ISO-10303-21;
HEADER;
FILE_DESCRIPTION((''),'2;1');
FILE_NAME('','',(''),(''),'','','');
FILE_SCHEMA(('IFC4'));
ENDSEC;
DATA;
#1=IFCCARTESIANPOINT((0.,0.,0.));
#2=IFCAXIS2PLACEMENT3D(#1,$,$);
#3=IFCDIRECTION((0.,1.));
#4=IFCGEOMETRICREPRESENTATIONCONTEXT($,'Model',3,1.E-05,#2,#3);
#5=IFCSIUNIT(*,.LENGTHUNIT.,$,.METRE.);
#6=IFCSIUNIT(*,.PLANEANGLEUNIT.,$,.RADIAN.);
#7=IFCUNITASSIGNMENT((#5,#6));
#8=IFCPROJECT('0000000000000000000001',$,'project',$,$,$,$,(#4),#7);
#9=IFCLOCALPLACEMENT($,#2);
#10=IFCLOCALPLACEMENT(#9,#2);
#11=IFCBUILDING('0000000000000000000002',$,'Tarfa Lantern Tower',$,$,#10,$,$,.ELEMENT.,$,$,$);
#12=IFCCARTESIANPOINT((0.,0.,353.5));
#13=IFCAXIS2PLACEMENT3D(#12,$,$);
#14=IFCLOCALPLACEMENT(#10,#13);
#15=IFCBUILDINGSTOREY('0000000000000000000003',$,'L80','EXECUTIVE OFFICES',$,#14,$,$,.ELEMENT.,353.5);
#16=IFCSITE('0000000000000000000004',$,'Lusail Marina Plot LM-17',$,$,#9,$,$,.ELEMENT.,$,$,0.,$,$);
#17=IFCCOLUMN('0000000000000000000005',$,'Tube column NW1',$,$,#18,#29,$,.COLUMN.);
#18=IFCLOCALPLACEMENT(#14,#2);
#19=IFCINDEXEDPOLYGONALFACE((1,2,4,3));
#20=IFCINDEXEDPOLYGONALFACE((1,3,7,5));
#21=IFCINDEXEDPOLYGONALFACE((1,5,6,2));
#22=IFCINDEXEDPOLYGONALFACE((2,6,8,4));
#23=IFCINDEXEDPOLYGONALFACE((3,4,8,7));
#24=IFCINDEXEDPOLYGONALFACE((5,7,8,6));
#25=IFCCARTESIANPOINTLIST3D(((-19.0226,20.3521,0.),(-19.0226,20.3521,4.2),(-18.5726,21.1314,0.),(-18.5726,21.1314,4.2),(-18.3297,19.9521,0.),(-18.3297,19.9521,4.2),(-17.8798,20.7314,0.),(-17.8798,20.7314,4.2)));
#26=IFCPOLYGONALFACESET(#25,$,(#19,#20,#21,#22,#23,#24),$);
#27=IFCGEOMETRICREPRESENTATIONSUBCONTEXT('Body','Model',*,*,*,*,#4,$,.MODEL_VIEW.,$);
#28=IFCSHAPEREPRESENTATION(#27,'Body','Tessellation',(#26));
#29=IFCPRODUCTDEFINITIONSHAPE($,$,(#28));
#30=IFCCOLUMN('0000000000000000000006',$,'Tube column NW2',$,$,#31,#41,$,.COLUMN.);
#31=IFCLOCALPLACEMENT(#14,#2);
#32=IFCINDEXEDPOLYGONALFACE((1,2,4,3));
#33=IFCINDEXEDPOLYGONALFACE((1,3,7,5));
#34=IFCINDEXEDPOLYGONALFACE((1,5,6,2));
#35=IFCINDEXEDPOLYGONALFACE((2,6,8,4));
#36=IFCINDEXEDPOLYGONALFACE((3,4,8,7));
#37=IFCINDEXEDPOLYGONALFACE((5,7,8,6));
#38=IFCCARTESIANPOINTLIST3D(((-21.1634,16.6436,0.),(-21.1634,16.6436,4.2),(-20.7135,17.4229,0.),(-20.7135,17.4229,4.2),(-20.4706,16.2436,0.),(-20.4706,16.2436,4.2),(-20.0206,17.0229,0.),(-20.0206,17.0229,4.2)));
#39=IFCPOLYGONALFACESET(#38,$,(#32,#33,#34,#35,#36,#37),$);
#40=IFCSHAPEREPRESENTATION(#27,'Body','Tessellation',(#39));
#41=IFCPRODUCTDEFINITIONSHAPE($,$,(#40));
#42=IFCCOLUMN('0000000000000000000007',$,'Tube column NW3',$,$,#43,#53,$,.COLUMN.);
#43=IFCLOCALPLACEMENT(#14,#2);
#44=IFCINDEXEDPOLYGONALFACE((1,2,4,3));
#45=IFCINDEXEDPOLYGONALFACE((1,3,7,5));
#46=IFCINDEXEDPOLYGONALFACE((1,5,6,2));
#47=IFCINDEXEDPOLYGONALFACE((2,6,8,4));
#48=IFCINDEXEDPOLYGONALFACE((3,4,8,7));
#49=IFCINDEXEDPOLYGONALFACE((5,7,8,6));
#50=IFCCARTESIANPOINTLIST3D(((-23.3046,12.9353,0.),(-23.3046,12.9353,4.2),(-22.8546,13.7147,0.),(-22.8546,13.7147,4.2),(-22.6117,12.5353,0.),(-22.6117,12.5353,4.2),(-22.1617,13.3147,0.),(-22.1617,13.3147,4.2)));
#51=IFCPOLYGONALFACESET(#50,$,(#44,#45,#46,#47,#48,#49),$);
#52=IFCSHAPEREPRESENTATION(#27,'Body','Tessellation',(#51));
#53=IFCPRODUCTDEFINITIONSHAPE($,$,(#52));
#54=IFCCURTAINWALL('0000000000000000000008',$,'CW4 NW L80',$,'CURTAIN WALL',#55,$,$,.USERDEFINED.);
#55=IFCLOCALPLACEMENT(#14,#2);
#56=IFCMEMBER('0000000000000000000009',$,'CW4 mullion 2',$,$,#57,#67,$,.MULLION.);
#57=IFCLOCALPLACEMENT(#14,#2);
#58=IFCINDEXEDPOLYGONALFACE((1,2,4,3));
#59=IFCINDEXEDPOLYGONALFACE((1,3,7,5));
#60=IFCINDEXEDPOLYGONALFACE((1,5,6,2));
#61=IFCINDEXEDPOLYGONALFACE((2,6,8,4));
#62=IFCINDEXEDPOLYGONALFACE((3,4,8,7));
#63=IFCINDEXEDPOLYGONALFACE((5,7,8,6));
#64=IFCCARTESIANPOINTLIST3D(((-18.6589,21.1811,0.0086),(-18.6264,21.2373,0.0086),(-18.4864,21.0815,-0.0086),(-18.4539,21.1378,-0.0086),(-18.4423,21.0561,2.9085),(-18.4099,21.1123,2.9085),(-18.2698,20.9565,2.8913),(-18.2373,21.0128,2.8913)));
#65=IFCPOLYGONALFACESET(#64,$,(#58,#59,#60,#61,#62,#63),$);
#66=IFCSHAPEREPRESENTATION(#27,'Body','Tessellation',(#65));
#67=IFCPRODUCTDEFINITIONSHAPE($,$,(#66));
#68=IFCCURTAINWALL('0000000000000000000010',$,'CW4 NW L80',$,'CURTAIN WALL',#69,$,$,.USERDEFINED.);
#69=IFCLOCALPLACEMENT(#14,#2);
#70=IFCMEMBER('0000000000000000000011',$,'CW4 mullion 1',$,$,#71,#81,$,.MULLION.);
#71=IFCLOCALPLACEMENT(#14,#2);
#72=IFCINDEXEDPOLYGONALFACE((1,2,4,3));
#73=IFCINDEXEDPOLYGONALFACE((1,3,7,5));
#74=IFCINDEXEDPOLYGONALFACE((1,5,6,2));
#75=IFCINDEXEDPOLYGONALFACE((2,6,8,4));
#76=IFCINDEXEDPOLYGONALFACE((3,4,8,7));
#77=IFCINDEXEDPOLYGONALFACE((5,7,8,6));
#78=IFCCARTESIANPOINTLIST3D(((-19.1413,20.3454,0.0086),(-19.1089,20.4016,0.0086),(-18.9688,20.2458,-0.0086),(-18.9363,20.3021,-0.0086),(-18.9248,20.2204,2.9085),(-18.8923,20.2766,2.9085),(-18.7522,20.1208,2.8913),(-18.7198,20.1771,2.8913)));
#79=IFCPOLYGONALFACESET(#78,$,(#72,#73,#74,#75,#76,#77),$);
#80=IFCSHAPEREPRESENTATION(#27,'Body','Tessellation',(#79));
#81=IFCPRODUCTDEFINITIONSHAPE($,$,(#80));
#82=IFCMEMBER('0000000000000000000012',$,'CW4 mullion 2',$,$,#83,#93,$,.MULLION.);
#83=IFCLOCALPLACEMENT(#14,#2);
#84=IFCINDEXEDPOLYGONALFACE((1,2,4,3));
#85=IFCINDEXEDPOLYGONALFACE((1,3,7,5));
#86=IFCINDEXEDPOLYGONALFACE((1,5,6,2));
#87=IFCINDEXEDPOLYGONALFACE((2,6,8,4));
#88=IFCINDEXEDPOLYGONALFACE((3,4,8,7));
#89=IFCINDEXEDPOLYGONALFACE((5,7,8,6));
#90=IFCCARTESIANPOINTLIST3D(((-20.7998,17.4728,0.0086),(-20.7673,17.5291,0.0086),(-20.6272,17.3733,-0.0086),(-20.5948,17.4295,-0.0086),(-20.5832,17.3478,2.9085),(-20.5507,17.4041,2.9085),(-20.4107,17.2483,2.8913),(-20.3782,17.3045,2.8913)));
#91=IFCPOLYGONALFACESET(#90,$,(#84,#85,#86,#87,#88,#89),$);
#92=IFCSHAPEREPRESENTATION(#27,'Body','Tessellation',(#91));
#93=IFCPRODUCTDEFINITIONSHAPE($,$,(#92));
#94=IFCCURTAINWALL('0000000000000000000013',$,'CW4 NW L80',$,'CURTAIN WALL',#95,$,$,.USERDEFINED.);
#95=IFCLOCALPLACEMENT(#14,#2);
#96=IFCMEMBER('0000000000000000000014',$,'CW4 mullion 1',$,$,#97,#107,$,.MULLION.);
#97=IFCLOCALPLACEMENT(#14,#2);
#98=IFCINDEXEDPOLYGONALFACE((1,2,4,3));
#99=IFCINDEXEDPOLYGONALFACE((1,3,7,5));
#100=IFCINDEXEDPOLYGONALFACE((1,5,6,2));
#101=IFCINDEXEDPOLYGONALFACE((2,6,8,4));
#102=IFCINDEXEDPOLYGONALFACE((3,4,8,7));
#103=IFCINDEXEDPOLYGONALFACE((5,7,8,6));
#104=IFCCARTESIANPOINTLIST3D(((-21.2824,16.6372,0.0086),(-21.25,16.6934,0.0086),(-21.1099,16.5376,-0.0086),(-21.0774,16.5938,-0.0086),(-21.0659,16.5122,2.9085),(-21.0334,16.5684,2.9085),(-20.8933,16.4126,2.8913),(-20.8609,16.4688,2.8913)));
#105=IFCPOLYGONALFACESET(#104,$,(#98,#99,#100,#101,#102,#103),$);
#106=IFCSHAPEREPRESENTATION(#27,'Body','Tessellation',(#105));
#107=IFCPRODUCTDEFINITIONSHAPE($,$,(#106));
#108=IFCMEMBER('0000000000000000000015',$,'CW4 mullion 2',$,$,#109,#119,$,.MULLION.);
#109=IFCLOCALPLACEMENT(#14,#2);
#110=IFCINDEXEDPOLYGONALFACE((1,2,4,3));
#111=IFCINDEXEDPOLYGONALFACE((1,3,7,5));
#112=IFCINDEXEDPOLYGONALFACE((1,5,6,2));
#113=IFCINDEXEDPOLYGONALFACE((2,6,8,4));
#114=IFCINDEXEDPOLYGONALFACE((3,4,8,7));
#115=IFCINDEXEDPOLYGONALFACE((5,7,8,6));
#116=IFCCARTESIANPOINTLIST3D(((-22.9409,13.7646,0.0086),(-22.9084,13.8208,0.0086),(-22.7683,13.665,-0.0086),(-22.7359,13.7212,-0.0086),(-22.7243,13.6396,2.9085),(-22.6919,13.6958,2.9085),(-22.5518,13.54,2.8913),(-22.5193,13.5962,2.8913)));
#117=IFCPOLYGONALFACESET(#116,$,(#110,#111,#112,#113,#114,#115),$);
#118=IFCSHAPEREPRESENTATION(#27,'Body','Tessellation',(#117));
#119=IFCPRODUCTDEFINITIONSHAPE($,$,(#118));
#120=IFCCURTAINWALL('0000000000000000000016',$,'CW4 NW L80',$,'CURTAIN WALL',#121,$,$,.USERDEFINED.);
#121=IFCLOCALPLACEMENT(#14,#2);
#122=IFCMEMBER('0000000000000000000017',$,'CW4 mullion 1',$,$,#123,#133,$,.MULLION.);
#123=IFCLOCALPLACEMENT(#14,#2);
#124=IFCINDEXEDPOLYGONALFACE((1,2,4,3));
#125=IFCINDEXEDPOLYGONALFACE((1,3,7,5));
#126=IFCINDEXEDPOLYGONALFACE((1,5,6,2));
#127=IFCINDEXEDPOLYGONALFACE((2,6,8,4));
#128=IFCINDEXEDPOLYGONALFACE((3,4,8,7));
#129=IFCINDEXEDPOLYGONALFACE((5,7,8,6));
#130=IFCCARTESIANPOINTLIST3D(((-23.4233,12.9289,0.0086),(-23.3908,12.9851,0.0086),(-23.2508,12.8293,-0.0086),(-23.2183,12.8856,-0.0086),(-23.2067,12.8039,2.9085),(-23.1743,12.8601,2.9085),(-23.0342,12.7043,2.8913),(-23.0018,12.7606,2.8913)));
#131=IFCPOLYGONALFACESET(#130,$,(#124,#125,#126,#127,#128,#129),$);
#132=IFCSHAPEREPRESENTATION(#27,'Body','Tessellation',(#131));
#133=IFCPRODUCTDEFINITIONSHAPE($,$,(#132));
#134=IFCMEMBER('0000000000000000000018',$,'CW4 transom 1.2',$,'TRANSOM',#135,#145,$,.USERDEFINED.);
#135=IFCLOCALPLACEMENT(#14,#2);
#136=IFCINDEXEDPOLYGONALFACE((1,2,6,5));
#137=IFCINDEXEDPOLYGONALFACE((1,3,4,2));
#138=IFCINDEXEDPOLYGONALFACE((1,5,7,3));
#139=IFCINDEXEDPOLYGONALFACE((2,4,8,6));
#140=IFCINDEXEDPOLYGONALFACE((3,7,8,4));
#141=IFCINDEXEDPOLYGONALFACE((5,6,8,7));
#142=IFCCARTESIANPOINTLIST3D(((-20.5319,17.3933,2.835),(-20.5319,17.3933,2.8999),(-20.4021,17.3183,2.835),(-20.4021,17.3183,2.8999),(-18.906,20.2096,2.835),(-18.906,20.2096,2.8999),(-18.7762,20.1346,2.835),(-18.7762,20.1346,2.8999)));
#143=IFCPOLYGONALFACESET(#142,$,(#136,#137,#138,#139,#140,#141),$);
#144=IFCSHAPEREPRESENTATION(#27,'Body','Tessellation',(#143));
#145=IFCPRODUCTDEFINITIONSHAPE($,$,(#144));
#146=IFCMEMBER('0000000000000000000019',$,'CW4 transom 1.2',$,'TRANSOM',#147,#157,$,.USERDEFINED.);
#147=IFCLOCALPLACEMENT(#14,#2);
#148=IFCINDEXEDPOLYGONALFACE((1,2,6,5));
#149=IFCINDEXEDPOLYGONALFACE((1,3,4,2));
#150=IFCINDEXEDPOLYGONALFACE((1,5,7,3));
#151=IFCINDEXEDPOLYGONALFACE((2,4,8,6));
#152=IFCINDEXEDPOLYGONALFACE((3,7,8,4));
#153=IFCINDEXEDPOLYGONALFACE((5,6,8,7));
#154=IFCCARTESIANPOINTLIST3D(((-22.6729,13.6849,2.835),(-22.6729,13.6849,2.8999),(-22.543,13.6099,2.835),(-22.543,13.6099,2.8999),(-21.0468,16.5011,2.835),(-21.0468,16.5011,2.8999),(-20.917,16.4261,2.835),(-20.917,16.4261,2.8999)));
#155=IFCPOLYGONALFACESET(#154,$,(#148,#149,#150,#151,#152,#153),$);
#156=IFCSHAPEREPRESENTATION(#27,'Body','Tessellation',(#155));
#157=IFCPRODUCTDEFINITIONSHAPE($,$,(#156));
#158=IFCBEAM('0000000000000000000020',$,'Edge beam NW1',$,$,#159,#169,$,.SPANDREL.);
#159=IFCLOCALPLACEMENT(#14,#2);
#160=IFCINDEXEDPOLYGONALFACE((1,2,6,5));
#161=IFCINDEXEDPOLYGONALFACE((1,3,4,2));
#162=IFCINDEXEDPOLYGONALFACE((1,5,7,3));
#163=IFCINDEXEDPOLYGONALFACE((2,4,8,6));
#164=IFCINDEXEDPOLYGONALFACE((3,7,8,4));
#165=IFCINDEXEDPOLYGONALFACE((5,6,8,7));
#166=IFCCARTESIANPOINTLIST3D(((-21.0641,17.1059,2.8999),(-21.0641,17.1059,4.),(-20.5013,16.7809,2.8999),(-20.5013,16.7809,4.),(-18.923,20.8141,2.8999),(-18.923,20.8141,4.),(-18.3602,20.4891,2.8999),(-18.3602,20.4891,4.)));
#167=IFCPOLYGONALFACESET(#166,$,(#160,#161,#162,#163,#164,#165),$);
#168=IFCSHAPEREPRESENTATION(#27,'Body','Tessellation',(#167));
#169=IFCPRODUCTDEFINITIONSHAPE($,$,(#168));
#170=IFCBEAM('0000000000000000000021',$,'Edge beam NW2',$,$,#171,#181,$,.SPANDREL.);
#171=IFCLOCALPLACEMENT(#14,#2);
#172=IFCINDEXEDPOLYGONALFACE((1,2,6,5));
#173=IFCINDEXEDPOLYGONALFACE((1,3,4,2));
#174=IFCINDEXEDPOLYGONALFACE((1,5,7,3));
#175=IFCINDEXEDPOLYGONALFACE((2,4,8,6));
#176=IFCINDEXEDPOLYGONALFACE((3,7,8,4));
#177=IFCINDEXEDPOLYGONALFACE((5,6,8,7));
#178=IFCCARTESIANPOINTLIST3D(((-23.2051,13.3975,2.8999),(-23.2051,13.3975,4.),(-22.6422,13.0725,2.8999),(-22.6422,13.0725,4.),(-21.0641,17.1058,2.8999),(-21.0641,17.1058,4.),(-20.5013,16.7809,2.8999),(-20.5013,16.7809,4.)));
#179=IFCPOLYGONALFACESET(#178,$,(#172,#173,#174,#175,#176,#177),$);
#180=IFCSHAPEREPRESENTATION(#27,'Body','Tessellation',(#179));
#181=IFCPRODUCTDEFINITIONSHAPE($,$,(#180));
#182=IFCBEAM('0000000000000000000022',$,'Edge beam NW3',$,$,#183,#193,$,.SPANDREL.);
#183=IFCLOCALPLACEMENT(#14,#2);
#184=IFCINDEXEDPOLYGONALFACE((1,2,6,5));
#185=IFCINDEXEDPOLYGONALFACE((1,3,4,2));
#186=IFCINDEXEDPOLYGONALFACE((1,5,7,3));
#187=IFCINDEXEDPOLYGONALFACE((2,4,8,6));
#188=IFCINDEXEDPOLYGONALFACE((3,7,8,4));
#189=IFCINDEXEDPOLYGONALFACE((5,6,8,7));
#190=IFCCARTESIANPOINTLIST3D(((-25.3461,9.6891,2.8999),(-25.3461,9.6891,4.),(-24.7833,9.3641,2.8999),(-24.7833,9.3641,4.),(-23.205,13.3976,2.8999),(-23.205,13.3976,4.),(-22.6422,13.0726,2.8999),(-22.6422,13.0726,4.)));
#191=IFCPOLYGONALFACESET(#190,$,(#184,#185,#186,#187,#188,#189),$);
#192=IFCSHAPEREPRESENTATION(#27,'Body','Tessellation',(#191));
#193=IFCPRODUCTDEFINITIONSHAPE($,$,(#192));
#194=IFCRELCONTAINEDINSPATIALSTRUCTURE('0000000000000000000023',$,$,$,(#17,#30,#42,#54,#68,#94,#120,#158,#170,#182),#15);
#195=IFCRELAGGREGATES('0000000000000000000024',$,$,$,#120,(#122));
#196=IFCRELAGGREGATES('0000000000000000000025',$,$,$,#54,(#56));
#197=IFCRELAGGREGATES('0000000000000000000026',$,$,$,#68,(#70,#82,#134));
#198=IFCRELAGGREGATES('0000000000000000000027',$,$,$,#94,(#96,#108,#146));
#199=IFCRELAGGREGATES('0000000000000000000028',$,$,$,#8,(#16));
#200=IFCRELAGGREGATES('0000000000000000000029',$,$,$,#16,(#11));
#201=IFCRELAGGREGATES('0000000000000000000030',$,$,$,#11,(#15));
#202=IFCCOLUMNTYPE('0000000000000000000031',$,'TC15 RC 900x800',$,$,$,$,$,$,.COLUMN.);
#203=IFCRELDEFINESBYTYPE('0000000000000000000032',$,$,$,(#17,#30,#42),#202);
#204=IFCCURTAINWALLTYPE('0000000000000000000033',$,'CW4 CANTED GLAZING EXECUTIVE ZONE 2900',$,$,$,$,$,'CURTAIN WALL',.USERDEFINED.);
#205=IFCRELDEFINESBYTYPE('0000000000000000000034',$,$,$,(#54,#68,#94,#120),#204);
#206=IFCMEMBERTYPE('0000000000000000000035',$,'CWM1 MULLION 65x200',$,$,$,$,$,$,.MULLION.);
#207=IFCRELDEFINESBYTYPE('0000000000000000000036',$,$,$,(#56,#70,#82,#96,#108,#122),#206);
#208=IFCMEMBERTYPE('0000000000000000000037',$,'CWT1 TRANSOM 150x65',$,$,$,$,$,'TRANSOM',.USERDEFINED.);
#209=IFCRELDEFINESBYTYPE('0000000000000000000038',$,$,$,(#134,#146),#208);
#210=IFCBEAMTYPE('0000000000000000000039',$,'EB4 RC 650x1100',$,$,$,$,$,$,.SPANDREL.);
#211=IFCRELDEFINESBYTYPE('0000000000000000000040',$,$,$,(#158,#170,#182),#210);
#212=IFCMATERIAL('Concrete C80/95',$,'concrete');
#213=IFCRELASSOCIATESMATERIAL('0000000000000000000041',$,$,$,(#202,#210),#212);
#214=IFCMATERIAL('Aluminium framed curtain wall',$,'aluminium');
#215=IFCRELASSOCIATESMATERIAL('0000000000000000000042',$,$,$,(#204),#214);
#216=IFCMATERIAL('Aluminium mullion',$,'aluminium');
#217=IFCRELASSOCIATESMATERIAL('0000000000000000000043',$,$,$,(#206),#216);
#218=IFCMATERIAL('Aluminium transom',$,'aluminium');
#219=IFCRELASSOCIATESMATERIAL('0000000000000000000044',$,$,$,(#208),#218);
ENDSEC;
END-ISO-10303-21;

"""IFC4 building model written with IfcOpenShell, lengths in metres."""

from ifc_helpers import new_model, si_unit, direction, frame, origin, origin_2d, place, context, subcontext, project, spatial, rectangle, extrude, material, material_profile, profile_set, type_object, element, aggregate, save


model = new_model("IFC4")

# Units and contexts
model_context = context("Model", 3, precision=1e-05, world=origin(), true_north=direction((0.0, 1.0)))
body_context = subcontext(model_context, "Body", "Model", "MODEL_VIEW")
ifc_project = project(units=[si_unit("LENGTHUNIT", "METRE"), si_unit("PLANEANGLEUNIT", "RADIAN")], contexts=[model_context])

# Site, building, storey
site_placement = place(None, origin())
site = spatial("IfcSite", under=ifc_project, at=site_placement, Name="Lusail Marina Plot LM-17", CompositionType="ELEMENT", RefElevation=0.0)
building_placement = place(site_placement, origin())
building = spatial("IfcBuilding", under=site, at=building_placement, Name="Tarfa Lantern Tower", CompositionType="ELEMENT")
storey_placement = place(building_placement, frame((0.0, 0.0, 353.5)))
storey = spatial("IfcBuildingStorey", under=building, at=storey_placement, Name="L80", Description="EXECUTIVE OFFICES", CompositionType="ELEMENT", Elevation=353.5)

# Columns
ifc_material_1 = material(Name="Concrete C80/95", Category="concrete")
ifc_material_profile_1 = material_profile(ifc_material_1, rectangle(XDim=0.8999, YDim=0.8, at=origin_2d()), Name="RC 900x800")
ifc_profile_set_1 = profile_set([ifc_material_profile_1], Name="Concrete C80/95")
column_type = type_object("IfcColumnType", Name="TC15 RC 900x800", PredefinedType="COLUMN", material=ifc_profile_set_1)
for number, where, z_axis, x_axis, name in (
    (1, (-18.4512, 20.5417, 0.0), (0.0, 0.0, 1.0), (-0.5, -0.866025, 0.0), "Tube column NW1"),
    (2, (-20.592, 16.8333, 0.0), (0.0, 0.0, 1.0), (-0.5, -0.866025, 0.0), "Tube column NW2"),
    (3, (-22.7332, 13.125, 0.0), (0.0, 0.0, 1.0), (-0.5, -0.866025, 0.0), "Tube column NW3"),
):
    element("IfcColumn", number, at=place(storey_placement, frame(where, z_axis=z_axis, x_axis=x_axis)), inside=storey, type_object=column_type, Name=name, PredefinedType="COLUMN", context=body_context, shape_type="SweptSolid", body=[
        extrude(rectangle(XDim=0.8999, YDim=0.8, at=origin_2d()), origin(), (0.0, 0.0, 1.0), 4.2),
    ])

# Curtain wall, member
ifc_material_2 = material(Name="Aluminium framed curtain wall", Category="aluminium")
curtain_wall_type = type_object("IfcCurtainWallType", Name="CW4 CANTED GLAZING EXECUTIVE ZONE 2900", ElementType="CURTAIN WALL", PredefinedType="USERDEFINED", material=ifc_material_2)
curtain_wall_1_placement = place(storey_placement, origin())
curtain_wall_1 = element("IfcCurtainWall", 4, at=curtain_wall_1_placement, inside=storey, type_object=curtain_wall_type, Name="CW4 NW L80", ObjectType="CURTAIN WALL", PredefinedType="USERDEFINED")
ifc_material_3 = material(Name="Aluminium mullion", Category="aluminium")
ifc_material_profile_2 = material_profile(ifc_material_3, rectangle(XDim=0.0649, YDim=0.2, at=origin_2d()), Name="AL MULLION 65x200")
ifc_profile_set_2 = profile_set([ifc_material_profile_2], Name="Aluminium mullion")
member_type_1 = type_object("IfcMemberType", Name="CWM1 MULLION 65x200", PredefinedType="MULLION", material=ifc_profile_set_2)
member_1_placement = place(storey_placement, frame((-18.5564, 21.1594, 0.0), z_axis=(0.0744, -0.042946, 0.996303), x_axis=(0.49992, 0.866072, 0.0)))
member_1 = element("IfcMember", 5, at=member_1_placement, type_object=member_type_1, Name="CW4 mullion 2", PredefinedType="MULLION", context=body_context, shape_type="SweptSolid", body=[
    extrude(rectangle(XDim=0.0649, YDim=0.2, at=origin_2d()), origin(), (0.0, 0.0, 1.0), 2.9106),
])

# Curtain walls, members
curtain_wall_2_placement = place(storey_placement, origin())
curtain_wall_2 = element("IfcCurtainWall", 6, at=curtain_wall_2_placement, inside=storey, type_object=curtain_wall_type, Name="CW4 NW L80", ObjectType="CURTAIN WALL", PredefinedType="USERDEFINED")
member_2_placement = place(storey_placement, frame((-19.0388, 20.3237, 0.0), z_axis=(0.0744, -0.042946, 0.996303), x_axis=(0.49992, 0.866072, 0.0)))
member_2 = element("IfcMember", 7, at=member_2_placement, type_object=member_type_1, Name="CW4 mullion 1", PredefinedType="MULLION", context=body_context, shape_type="SweptSolid", body=[
    extrude(rectangle(XDim=0.0649, YDim=0.2, at=origin_2d()), origin(), (0.0, 0.0, 1.0), 2.9106),
])
member_3_placement = place(storey_placement, frame((-20.6973, 17.4512, 0.0), z_axis=(0.0744, -0.042946, 0.996303), x_axis=(0.49992, 0.866072, 0.0)))
member_3 = element("IfcMember", 8, at=member_3_placement, type_object=member_type_1, Name="CW4 mullion 2", PredefinedType="MULLION", context=body_context, shape_type="SweptSolid", body=[
    extrude(rectangle(XDim=0.0649, YDim=0.2, at=origin_2d()), origin(), (0.0, 0.0, 1.0), 2.9106),
])
curtain_wall_3_placement = place(storey_placement, origin())
curtain_wall_3 = element("IfcCurtainWall", 9, at=curtain_wall_3_placement, inside=storey, type_object=curtain_wall_type, Name="CW4 NW L80", ObjectType="CURTAIN WALL", PredefinedType="USERDEFINED")
member_4_placement = place(storey_placement, frame((-21.1799, 16.6155, 0.0), z_axis=(0.0744, -0.042946, 0.996303), x_axis=(0.49992, 0.866072, 0.0)))
member_4 = element("IfcMember", 10, at=member_4_placement, type_object=member_type_1, Name="CW4 mullion 1", PredefinedType="MULLION", context=body_context, shape_type="SweptSolid", body=[
    extrude(rectangle(XDim=0.0649, YDim=0.2, at=origin_2d()), origin(), (0.0, 0.0, 1.0), 2.9106),
])
member_5_placement = place(storey_placement, frame((-22.8384, 13.7429, 0.0), z_axis=(0.0744, -0.042946, 0.996303), x_axis=(0.49992, 0.866072, 0.0)))
member_5 = element("IfcMember", 11, at=member_5_placement, type_object=member_type_1, Name="CW4 mullion 2", PredefinedType="MULLION", context=body_context, shape_type="SweptSolid", body=[
    extrude(rectangle(XDim=0.0649, YDim=0.2, at=origin_2d()), origin(), (0.0, 0.0, 1.0), 2.9106),
])

# Curtain wall, member
curtain_wall_4_placement = place(storey_placement, origin())
curtain_wall_4 = element("IfcCurtainWall", 12, at=curtain_wall_4_placement, inside=storey, type_object=curtain_wall_type, Name="CW4 NW L80", ObjectType="CURTAIN WALL", PredefinedType="USERDEFINED")
member_6_placement = place(storey_placement, frame((-23.3208, 12.9072, 0.0), z_axis=(0.0744, -0.042946, 0.996303), x_axis=(0.49992, 0.866072, 0.0)))
member_6 = element("IfcMember", 13, at=member_6_placement, type_object=member_type_1, Name="CW4 mullion 1", PredefinedType="MULLION", context=body_context, shape_type="SweptSolid", body=[
    extrude(rectangle(XDim=0.0649, YDim=0.2, at=origin_2d()), origin(), (0.0, 0.0, 1.0), 2.9106),
])
aggregate(curtain_wall_4, [member_6])

# Members
ifc_material_4 = material(Name="Aluminium transom", Category="aluminium")
ifc_material_profile_3 = material_profile(ifc_material_4, rectangle(XDim=0.1499, YDim=0.0649, at=origin_2d()), Name="AL TRANSOM 150x65")
ifc_profile_set_3 = profile_set([ifc_material_profile_3], Name="Aluminium transom")
member_type_2 = type_object("IfcMemberType", Name="CWT1 TRANSOM 150x65", ElementType="TRANSOM", PredefinedType="USERDEFINED", material=ifc_profile_set_3)
member_7_placement = place(storey_placement, frame((-18.8411, 20.1721, 2.8674), z_axis=(-0.499982, -0.866036, 0.0), x_axis=(0.866036, -0.499982, 0.0)))
member_7 = element("IfcMember", 14, at=member_7_placement, type_object=member_type_2, Name="CW4 transom 1.2", ObjectType="TRANSOM", PredefinedType="USERDEFINED", context=body_context, shape_type="SweptSolid", body=[
    extrude(rectangle(XDim=0.1499, YDim=0.0649, at=origin_2d()), origin(), (0.0, 0.0, 1.0), 3.252),
])
member_8_placement = place(storey_placement, frame((-20.9819, 16.4636, 2.8674), z_axis=(-0.500015, -0.866017, 0.0), x_axis=(0.866017, -0.500015, 0.0)))
member_8 = element("IfcMember", 15, at=member_8_placement, type_object=member_type_2, Name="CW4 transom 1.2", ObjectType="TRANSOM", PredefinedType="USERDEFINED", context=body_context, shape_type="SweptSolid", body=[
    extrude(rectangle(XDim=0.1499, YDim=0.0649, at=origin_2d()), origin(), (0.0, 0.0, 1.0), 3.252),
])

# Beams
ifc_material_profile_4 = material_profile(ifc_material_1, rectangle(XDim=0.6499, YDim=1.1001, at=origin_2d()), Name="RC 650x1100")
ifc_profile_set_4 = profile_set([ifc_material_profile_4], Name="Concrete C80/95")
beam_type_1 = type_object("IfcBeamType", Name="EB4 RC 650x1100", PredefinedType="SPANDREL", material=ifc_profile_set_4)
for number, where, z_axis, x_axis, name in (
    (16, (-18.6416, 20.6516, 3.45), (-0.500027, -0.86601, 0.0), (0.86601, -0.500027, 0.0), "Edge beam NW1"),
    (17, (-20.7827, 16.9434, 3.45), (-0.499984, -0.866035, 0.0), (0.866035, -0.499984, 0.0), "Edge beam NW2"),
):
    element("IfcBeam", number, at=place(storey_placement, frame(where, z_axis=z_axis, x_axis=x_axis)), inside=storey, type_object=beam_type_1, Name=name, PredefinedType="SPANDREL", context=body_context, shape_type="SweptSolid", body=[
        extrude(rectangle(XDim=0.6499, YDim=1.1001, at=origin_2d()), origin(), (0.0, 0.0, 1.0), 4.282),
    ])
beam_1_placement = place(storey_placement, frame((-22.9236, 13.2351, 3.45), z_axis=(-0.500002, -0.866024, 0.0), x_axis=(0.866024, -0.500002, 0.0)))
element("IfcBeam", 18, at=beam_1_placement, inside=storey, type_object=beam_type_1, Name="Edge beam NW3", PredefinedType="SPANDREL", context=body_context, shape_type="SweptSolid", body=[
    extrude(rectangle(XDim=0.6499, YDim=1.1001, at=origin_2d()), origin(), (0.0, 0.0, 1.0), 4.2822),
])

aggregate(curtain_wall_1, [member_1])
aggregate(curtain_wall_2, [member_2, member_3, member_7])
aggregate(curtain_wall_3, [member_4, member_5, member_8])

save(model, "model.ifc")
